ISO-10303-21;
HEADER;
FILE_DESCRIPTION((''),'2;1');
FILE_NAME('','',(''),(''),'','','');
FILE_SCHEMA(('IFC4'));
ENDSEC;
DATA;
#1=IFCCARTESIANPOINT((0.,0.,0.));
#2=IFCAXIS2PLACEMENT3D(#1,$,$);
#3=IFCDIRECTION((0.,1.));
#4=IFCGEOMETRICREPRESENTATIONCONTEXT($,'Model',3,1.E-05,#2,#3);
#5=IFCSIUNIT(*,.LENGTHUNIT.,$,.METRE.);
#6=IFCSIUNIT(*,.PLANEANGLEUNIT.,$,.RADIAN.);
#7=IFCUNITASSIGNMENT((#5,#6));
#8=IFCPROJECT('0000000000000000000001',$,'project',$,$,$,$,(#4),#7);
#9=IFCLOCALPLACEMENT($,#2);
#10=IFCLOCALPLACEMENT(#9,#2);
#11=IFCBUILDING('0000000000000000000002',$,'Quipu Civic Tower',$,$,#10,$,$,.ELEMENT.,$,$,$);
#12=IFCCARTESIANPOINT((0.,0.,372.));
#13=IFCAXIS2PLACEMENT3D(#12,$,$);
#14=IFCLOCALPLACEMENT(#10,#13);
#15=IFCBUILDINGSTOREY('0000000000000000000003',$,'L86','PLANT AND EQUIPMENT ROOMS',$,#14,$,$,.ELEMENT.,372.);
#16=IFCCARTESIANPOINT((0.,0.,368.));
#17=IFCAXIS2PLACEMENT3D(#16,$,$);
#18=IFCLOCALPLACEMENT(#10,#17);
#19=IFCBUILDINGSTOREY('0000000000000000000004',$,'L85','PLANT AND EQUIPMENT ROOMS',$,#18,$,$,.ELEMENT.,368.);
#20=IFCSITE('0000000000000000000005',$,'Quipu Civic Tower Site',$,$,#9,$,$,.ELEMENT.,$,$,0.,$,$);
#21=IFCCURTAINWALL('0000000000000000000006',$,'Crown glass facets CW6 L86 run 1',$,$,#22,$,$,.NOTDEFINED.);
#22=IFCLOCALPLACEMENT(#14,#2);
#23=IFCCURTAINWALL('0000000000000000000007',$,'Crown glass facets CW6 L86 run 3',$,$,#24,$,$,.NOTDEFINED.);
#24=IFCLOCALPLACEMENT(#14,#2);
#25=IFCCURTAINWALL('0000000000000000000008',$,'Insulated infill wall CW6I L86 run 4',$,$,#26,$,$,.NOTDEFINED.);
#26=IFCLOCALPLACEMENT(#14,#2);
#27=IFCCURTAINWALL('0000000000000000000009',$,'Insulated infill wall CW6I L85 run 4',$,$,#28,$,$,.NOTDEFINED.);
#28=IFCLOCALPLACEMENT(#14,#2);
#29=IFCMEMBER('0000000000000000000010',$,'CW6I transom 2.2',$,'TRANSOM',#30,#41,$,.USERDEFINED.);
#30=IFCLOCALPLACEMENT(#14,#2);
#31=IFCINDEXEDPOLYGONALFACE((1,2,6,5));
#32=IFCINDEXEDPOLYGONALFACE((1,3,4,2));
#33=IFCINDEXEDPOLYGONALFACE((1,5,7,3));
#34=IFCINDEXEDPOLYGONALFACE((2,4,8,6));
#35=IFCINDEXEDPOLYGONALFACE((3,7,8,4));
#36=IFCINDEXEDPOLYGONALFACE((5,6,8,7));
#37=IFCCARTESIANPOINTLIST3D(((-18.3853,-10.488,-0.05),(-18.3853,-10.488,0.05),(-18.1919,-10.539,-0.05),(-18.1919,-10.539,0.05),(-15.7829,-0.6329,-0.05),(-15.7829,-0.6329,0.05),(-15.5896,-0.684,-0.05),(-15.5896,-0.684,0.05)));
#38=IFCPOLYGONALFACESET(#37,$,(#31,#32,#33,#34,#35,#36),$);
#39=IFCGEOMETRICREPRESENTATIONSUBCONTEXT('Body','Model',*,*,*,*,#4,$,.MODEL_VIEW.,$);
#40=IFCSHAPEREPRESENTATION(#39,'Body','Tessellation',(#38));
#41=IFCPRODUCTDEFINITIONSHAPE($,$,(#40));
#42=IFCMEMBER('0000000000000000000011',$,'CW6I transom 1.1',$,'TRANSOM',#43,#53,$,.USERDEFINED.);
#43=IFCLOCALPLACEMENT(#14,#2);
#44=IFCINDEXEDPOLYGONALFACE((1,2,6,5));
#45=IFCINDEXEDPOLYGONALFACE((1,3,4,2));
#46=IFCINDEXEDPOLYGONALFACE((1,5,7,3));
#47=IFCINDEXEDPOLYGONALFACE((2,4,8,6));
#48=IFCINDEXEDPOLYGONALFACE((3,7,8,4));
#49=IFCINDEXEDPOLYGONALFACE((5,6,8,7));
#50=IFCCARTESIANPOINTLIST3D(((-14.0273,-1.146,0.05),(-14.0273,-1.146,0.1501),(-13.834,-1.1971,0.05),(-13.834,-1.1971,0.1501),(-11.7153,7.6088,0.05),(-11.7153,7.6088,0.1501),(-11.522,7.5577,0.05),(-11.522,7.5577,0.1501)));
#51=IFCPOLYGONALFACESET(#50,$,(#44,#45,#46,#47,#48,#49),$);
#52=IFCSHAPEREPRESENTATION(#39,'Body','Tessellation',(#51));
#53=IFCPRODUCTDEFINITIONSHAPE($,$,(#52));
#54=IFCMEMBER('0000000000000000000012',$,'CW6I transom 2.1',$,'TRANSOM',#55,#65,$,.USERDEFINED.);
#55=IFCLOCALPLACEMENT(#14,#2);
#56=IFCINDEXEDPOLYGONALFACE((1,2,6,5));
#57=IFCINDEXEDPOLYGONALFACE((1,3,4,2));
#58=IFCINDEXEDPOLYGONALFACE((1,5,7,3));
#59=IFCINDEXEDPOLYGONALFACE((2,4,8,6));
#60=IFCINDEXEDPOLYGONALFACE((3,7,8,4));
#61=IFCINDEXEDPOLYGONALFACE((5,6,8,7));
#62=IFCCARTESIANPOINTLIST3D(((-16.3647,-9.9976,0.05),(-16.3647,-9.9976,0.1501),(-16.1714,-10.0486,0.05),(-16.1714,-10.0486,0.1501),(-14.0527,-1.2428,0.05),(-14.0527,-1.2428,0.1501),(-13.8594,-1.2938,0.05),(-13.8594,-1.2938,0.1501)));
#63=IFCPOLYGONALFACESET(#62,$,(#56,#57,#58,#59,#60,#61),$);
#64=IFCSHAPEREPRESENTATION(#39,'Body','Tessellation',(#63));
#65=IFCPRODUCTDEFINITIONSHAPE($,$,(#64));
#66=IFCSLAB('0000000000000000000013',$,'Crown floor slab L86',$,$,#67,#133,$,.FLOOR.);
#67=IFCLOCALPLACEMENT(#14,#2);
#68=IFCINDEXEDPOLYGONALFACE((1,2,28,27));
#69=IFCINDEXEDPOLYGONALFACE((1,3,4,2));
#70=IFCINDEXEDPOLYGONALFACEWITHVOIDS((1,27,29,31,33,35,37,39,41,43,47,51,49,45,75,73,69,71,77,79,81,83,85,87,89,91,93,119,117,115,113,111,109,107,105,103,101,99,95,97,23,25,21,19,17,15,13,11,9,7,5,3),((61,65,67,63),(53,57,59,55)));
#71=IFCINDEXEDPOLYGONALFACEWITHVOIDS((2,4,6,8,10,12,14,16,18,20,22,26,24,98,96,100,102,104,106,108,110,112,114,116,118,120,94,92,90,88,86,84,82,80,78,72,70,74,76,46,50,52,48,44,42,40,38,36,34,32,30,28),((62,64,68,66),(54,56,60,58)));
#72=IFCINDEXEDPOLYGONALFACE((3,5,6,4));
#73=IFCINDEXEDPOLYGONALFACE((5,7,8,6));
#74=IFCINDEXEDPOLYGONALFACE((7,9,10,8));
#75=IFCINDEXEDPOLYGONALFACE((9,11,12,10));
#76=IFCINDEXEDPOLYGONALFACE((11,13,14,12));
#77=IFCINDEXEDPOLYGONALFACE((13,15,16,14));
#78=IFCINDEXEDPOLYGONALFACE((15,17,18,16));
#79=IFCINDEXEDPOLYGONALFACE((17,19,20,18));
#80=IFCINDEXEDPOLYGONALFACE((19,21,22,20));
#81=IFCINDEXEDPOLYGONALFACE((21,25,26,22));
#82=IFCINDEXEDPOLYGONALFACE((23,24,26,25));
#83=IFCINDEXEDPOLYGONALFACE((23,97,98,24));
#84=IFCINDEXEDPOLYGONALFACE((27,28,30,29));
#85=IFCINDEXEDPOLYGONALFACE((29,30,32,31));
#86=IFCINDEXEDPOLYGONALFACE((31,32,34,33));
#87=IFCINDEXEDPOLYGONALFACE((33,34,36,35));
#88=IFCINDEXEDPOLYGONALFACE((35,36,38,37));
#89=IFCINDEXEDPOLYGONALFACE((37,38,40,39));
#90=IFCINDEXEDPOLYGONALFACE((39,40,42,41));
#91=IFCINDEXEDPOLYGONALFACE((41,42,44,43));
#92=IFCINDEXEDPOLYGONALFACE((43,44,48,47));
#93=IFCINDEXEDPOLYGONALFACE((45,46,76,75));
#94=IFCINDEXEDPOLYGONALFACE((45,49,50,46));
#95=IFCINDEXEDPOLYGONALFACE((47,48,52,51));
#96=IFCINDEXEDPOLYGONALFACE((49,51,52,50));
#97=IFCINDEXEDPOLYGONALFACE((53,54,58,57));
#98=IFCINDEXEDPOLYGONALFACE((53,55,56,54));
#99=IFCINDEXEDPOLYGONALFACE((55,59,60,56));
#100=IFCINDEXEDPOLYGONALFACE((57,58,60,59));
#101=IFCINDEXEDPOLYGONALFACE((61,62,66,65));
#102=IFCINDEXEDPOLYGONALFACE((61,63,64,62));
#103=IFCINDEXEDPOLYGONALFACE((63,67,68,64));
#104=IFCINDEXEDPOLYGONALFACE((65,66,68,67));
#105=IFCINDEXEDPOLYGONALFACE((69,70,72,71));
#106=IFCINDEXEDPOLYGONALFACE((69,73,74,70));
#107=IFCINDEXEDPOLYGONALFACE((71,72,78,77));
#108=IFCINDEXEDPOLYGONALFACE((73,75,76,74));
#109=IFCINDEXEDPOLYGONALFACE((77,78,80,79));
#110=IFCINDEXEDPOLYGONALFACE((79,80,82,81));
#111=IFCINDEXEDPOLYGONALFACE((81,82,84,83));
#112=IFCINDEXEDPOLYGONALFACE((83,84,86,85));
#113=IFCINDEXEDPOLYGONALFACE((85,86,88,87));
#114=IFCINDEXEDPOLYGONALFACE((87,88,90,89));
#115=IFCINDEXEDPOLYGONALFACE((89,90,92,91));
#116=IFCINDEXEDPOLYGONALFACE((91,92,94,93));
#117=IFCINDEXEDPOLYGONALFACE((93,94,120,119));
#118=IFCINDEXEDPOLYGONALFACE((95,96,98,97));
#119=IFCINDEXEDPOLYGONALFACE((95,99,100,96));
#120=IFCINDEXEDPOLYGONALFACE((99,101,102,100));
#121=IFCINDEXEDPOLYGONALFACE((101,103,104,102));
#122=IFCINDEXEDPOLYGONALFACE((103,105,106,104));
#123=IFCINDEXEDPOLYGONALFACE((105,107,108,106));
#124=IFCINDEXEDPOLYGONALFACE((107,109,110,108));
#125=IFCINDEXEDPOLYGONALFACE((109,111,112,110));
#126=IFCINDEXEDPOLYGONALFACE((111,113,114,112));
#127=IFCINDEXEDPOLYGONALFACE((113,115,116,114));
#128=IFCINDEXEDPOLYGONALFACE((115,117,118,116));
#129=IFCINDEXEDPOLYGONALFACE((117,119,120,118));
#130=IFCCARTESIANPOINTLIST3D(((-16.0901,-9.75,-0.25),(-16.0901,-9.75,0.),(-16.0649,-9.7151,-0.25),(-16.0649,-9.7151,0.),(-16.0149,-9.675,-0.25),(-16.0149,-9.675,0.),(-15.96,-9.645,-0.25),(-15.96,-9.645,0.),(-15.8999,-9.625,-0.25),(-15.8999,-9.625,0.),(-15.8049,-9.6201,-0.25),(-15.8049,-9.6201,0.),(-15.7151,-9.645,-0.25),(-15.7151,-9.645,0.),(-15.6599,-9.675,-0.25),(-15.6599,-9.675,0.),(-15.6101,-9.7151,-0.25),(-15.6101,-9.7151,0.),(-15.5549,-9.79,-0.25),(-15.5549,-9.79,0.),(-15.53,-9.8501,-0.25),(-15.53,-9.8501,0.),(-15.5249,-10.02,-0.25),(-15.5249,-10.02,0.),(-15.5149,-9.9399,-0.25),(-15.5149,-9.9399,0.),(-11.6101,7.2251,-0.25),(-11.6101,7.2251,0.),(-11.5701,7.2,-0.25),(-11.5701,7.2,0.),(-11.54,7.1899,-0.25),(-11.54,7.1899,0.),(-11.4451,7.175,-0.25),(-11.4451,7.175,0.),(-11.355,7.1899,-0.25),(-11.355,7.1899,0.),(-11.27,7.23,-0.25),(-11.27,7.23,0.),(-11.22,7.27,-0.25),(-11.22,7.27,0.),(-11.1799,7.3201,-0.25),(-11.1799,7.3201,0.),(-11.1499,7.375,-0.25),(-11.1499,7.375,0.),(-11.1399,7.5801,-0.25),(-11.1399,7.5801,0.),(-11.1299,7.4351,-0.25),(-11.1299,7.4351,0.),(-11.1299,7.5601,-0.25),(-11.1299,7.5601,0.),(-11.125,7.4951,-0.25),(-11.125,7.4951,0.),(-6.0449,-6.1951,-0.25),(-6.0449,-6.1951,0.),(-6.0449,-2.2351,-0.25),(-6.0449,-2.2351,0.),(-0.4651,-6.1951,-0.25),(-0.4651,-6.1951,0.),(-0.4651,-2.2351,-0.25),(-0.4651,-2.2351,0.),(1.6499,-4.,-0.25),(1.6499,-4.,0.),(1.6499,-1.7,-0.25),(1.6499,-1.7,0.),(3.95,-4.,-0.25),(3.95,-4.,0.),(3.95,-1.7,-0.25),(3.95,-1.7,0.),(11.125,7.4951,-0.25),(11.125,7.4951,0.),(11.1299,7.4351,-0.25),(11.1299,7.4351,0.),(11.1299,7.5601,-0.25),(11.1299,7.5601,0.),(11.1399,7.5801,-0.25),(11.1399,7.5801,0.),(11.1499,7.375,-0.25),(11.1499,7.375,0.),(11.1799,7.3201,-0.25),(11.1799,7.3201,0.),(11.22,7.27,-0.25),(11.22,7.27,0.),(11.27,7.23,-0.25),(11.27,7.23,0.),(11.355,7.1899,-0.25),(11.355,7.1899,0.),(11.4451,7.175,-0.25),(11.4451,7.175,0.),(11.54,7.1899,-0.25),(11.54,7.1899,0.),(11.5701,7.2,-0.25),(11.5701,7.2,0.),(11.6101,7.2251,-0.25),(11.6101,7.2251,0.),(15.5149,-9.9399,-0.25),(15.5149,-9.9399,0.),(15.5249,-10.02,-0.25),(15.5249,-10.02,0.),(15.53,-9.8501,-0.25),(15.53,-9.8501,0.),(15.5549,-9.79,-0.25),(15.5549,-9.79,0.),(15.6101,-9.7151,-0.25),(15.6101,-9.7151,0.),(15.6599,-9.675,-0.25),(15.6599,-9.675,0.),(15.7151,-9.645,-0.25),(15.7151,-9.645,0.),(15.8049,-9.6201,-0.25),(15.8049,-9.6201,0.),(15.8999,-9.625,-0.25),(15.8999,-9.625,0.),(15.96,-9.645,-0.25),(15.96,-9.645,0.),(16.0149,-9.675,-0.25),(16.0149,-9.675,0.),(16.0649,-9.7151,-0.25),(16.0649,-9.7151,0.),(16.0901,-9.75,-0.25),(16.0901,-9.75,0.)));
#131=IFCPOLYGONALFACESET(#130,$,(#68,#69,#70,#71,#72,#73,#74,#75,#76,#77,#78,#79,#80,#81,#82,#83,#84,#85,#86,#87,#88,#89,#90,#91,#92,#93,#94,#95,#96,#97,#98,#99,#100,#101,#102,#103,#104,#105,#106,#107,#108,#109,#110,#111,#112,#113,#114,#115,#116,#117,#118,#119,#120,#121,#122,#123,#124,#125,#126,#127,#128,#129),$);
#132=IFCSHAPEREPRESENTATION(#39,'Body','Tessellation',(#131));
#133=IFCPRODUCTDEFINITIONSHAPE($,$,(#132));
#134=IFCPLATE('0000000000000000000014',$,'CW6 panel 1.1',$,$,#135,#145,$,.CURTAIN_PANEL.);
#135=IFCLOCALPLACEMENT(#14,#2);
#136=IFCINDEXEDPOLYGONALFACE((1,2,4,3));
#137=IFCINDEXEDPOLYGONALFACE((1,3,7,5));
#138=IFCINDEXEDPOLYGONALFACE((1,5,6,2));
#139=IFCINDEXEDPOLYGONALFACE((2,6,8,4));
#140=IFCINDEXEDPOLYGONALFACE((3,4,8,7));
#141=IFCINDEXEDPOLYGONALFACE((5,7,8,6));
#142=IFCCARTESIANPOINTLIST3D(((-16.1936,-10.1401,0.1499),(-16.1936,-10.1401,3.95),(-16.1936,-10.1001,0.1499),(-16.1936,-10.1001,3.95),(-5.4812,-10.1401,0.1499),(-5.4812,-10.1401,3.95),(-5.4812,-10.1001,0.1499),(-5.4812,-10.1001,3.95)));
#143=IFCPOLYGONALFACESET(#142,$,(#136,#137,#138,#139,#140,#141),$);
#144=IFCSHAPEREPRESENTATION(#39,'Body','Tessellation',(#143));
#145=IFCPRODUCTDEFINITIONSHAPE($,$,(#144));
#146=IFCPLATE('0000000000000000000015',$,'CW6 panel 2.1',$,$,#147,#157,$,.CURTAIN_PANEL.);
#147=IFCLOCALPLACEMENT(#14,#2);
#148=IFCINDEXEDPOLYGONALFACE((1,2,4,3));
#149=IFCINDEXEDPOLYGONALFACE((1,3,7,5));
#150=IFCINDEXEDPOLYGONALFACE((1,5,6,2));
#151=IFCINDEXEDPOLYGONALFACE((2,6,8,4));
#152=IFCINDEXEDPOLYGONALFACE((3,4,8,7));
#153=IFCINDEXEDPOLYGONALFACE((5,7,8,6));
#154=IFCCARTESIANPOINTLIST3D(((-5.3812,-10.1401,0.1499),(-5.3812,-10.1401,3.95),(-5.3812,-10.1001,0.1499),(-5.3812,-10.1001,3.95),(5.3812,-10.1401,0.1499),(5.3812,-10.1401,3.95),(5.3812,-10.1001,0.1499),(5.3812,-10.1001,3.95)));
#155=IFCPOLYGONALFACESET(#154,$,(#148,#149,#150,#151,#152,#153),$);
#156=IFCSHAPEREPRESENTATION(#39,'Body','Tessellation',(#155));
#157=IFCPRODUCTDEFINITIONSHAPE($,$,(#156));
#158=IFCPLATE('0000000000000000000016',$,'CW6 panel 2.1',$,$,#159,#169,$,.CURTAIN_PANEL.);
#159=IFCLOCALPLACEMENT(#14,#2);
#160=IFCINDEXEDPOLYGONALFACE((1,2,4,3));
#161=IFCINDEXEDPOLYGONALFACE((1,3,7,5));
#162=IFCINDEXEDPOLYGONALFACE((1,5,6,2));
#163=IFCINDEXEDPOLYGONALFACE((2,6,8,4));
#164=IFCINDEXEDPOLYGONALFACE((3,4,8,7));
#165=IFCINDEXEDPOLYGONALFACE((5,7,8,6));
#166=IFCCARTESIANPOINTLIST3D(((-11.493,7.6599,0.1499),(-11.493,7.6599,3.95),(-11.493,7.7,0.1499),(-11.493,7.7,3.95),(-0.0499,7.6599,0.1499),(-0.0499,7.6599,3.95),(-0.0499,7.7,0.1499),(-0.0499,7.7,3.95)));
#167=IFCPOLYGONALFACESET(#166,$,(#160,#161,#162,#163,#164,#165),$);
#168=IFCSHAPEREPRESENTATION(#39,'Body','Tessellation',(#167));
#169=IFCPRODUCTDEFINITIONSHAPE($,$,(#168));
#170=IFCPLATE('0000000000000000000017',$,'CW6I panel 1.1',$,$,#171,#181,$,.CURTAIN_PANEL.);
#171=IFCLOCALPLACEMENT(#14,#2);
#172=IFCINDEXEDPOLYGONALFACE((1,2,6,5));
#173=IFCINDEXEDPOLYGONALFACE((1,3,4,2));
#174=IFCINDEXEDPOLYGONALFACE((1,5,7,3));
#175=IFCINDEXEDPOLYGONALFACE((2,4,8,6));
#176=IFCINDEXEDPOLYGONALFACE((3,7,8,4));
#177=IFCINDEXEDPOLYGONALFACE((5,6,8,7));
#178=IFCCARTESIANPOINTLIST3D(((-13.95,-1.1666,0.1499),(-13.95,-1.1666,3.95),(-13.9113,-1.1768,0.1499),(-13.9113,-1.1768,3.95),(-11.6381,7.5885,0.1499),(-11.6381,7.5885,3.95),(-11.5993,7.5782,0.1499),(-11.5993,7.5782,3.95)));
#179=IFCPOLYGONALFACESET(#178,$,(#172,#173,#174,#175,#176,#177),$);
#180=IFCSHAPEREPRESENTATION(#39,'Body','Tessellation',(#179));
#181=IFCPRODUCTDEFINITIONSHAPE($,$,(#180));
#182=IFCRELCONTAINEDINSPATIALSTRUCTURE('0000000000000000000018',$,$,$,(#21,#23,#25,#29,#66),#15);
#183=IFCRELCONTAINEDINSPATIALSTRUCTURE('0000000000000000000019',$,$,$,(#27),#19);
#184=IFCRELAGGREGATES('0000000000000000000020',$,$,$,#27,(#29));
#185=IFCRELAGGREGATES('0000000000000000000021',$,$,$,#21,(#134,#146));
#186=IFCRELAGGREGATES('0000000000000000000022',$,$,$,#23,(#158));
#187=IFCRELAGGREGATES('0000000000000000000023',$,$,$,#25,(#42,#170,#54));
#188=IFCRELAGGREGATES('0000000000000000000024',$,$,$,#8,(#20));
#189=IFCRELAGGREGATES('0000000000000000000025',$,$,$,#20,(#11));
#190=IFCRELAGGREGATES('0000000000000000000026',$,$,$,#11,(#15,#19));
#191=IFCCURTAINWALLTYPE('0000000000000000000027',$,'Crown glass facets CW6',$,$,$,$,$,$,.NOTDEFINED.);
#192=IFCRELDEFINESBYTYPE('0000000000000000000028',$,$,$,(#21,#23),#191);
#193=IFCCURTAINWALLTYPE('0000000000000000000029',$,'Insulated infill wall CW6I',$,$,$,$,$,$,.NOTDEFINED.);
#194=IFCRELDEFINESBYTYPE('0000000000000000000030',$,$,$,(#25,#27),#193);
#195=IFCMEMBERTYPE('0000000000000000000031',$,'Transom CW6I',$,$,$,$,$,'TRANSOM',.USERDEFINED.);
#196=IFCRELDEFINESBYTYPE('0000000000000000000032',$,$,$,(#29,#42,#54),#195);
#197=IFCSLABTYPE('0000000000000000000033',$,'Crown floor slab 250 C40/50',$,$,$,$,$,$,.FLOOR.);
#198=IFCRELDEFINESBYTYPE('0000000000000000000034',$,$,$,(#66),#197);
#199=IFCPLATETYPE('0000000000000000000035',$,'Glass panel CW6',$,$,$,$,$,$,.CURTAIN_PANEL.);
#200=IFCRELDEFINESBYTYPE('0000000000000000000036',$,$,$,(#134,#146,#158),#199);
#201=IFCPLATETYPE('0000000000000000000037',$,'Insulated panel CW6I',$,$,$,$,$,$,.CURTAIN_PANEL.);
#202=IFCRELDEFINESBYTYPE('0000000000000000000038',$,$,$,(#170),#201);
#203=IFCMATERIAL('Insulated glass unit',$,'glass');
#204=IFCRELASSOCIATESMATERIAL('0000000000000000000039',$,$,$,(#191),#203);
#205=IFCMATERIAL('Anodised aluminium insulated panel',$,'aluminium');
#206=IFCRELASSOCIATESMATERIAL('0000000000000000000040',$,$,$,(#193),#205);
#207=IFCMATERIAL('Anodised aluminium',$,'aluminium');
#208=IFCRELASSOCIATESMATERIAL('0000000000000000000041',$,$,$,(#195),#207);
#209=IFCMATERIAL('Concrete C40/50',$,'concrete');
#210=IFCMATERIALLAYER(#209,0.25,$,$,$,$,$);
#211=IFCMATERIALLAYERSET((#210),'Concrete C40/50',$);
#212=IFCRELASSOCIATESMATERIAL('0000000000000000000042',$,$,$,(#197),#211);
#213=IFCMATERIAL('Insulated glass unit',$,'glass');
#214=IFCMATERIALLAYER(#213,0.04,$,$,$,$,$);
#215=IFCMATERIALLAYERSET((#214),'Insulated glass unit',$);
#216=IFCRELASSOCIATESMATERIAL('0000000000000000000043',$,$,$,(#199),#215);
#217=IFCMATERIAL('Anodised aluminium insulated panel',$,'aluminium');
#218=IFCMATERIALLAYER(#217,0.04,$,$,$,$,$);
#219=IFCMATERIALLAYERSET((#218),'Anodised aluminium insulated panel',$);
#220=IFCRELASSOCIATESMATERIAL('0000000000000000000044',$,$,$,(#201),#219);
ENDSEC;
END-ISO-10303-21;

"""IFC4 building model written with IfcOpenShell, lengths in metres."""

from ifc_helpers import new_model, si_unit, direction, frame, origin, origin_2d, place, context, subcontext, project, spatial, polyline, rectangle, outline, extrude, material, layer, layer_set, material_profile, profile_set, type_object, element, aggregate, save


model = new_model("IFC4")

# Units and contexts
model_context = context("Model", 3, precision=1e-05, world=origin(), true_north=direction((0.0, 1.0)))
body_context = subcontext(model_context, "Body", "Model", "MODEL_VIEW")
ifc_project = project(units=[si_unit("LENGTHUNIT", "METRE"), si_unit("PLANEANGLEUNIT", "RADIAN")], contexts=[model_context])

# Site, building, storey
site_placement = place(None, origin())
site = spatial("IfcSite", under=ifc_project, at=site_placement, Name="Quipu Civic Tower Site", CompositionType="ELEMENT", RefElevation=0.0)
building_placement = place(site_placement, origin())
building = spatial("IfcBuilding", under=site, at=building_placement, Name="Quipu Civic Tower", CompositionType="ELEMENT")
storey_1_placement = place(building_placement, frame((0.0, 0.0, 372.0)))
storey_1 = spatial("IfcBuildingStorey", under=building, at=storey_1_placement, Name="L86", Description="PLANT AND EQUIPMENT ROOMS", CompositionType="ELEMENT", Elevation=372.0)

# Curtain walls
ifc_material_1 = material(Name="Insulated glass unit", Category="glass")
curtain_wall_type_1 = type_object("IfcCurtainWallType", Name="Crown glass facets CW6", PredefinedType="NOTDEFINED", material=ifc_material_1)
curtain_wall_1_placement = place(storey_1_placement, origin())
curtain_wall_1 = element("IfcCurtainWall", 1, at=curtain_wall_1_placement, inside=storey_1, type_object=curtain_wall_type_1, Name="Crown glass facets CW6 L86 run 1", PredefinedType="NOTDEFINED")
curtain_wall_2_placement = place(storey_1_placement, origin())
curtain_wall_2 = element("IfcCurtainWall", 2, at=curtain_wall_2_placement, inside=storey_1, type_object=curtain_wall_type_1, Name="Crown glass facets CW6 L86 run 3", PredefinedType="NOTDEFINED")
ifc_material_2 = material(Name="Anodised aluminium insulated panel", Category="aluminium")
curtain_wall_type_2 = type_object("IfcCurtainWallType", Name="Insulated infill wall CW6I", PredefinedType="NOTDEFINED", material=ifc_material_2)
curtain_wall_3_placement = place(storey_1_placement, origin())
curtain_wall_3 = element("IfcCurtainWall", 3, at=curtain_wall_3_placement, inside=storey_1, type_object=curtain_wall_type_2, Name="Insulated infill wall CW6I L86 run 4", PredefinedType="NOTDEFINED")

# Shared definitions
storey_2_placement = place(building_placement, frame((0.0, 0.0, 368.0)))
storey_2 = spatial("IfcBuildingStorey", under=building, at=storey_2_placement, Name="L85", Description="PLANT AND EQUIPMENT ROOMS", CompositionType="ELEMENT", Elevation=368.0)

# Shared definitions
ifc_material_3 = material(Name="Anodised aluminium", Category="aluminium")
ifc_material_profile_1 = material_profile(ifc_material_3, rectangle(XDim=0.2, YDim=0.1001, at=origin_2d()), Name="RECT 200x100")
ifc_profile_set_1 = profile_set([ifc_material_profile_1], Name="Anodised aluminium")
member_type_1 = type_object("IfcMemberType", Name="Transom CW6I", ElementType="TRANSOM", PredefinedType="USERDEFINED", material=ifc_profile_set_1)

# Curtain wall, member
curtain_wall_4_placement = place(storey_2_placement, origin())
curtain_wall_4 = element("IfcCurtainWall", 4, at=curtain_wall_4_placement, inside=storey_2, type_object=curtain_wall_type_2, Name="Insulated infill wall CW6I L85 run 4", PredefinedType="NOTDEFINED")
member_1_placement = place(storey_1_placement, frame((-15.6863, -0.6584, 0.0), z_axis=(-0.255308, -0.96686, 0.0), x_axis=(0.96686, -0.255308, 0.0)))
member_1 = element("IfcMember", 5, at=member_1_placement, inside=storey_1, type_object=member_type_1, Name="CW6I transom 2.2", ObjectType="TRANSOM", PredefinedType="USERDEFINED", context=body_context, shape_type="SweptSolid", body=[
    extrude(rectangle(XDim=0.2, YDim=0.1001, at=origin_2d()), origin(), (0.0, 0.0, 1.0), 10.1929),
])
aggregate(curtain_wall_4, [member_1])

# Members
member_2_placement = place(storey_1_placement, frame((-11.6187, 7.5833, 0.1001), z_axis=(-0.255329, -0.966854, 0.0), x_axis=(0.966854, -0.255329, 0.0)))
member_2 = element("IfcMember", 6, at=member_2_placement, type_object=member_type_1, Name="CW6I transom 1.1", ObjectType="TRANSOM", PredefinedType="USERDEFINED", context=body_context, shape_type="SweptSolid", body=[
    extrude(rectangle(XDim=0.2, YDim=0.1001, at=origin_2d()), origin(), (0.0, 0.0, 1.0), 9.0549),
])
member_3_placement = place(storey_1_placement, frame((-13.9561, -1.2683, 0.1001), z_axis=(-0.255329, -0.966854, 0.0), x_axis=(0.966854, -0.255329, 0.0)))
member_3 = element("IfcMember", 7, at=member_3_placement, type_object=member_type_1, Name="CW6I transom 2.1", ObjectType="TRANSOM", PredefinedType="USERDEFINED", context=body_context, shape_type="SweptSolid", body=[
    extrude(rectangle(XDim=0.2, YDim=0.1001, at=origin_2d()), origin(), (0.0, 0.0, 1.0), 9.0549),
])

# Slab
ifc_material_4 = material(Name="Concrete C40/50", Category="concrete")
ifc_layer_1 = layer(ifc_material_4, 0.25)
ifc_layer_set_1 = layer_set([ifc_layer_1], Name="Concrete C40/50")
slab_type = type_object("IfcSlabType", Name="Crown floor slab 250 C40/50", PredefinedType="FLOOR", material=ifc_layer_set_1)
slab_placement = place(storey_1_placement, frame((0.0, 0.0, -0.25)))
element("IfcSlab", 8, at=slab_placement, inside=storey_1, type_object=slab_type, Name="Crown floor slab L86", PredefinedType="FLOOR", context=body_context, shape_type="SweptSolid", body=[
    extrude(outline(polyline([(-15.5249, -10.02), (-15.5149, -9.9399), (-15.53, -9.8501), (-15.5549, -9.79), (-15.6101, -9.7151), (-15.6599, -9.675), (-15.7151, -9.645), (-15.8049, -9.6201), (-15.8999, -9.625), (-15.96, -9.645), (-16.0149, -9.675), (-16.0649, -9.7151), (-16.0901, -9.75), (-11.6101, 7.2251), (-11.5701, 7.2), (-11.54, 7.1899), (-11.4451, 7.175), (-11.355, 7.1899), (-11.27, 7.23), (-11.22, 7.27), (-11.1799, 7.3201), (-11.1499, 7.375), (-11.1299, 7.4351), (-11.125, 7.4951), (-11.1299, 7.5601), (-11.1399, 7.5801), (11.1399, 7.5801), (11.1299, 7.5601), (11.125, 7.4951), (11.1299, 7.4351), (11.1499, 7.375), (11.1799, 7.3201), (11.22, 7.27), (11.27, 7.23), (11.355, 7.1899), (11.4451, 7.175), (11.54, 7.1899), (11.5701, 7.2), (11.6101, 7.2251), (16.0901, -9.75), (16.0649, -9.7151), (16.0149, -9.675), (15.96, -9.645), (15.8999, -9.625), (15.8049, -9.6201), (15.7151, -9.645), (15.6599, -9.675), (15.6101, -9.7151), (15.5549, -9.79), (15.53, -9.8501), (15.5149, -9.9399), (15.5249, -10.02), (-15.5249, -10.02)]), holes=[polyline([(-6.0449, -2.2351), (-6.0449, -6.1951), (-0.4651, -6.1951), (-0.4651, -2.2351), (-6.0449, -2.2351)]), polyline([(3.95, -1.7), (1.6499, -1.7), (1.6499, -4.0), (3.95, -4.0), (3.95, -1.7)])]), origin(), (0.0, 0.0, 1.0), 0.25),
])

# Plates
ifc_material_5 = material(Name="Insulated glass unit", Category="glass")
ifc_layer_2 = layer(ifc_material_5, 0.04)
ifc_layer_set_2 = layer_set([ifc_layer_2], Name="Insulated glass unit")
plate_type_1 = type_object("IfcPlateType", Name="Glass panel CW6", PredefinedType="CURTAIN_PANEL", material=ifc_layer_set_2)
plate_1_placement = place(storey_1_placement, frame((-10.8374, -10.1201, 0.1499), z_axis=(0.0, 0.0, 1.0), x_axis=(1.0, 0.0, 0.0)))
plate_1 = element("IfcPlate", 9, at=plate_1_placement, type_object=plate_type_1, Name="CW6 panel 1.1", PredefinedType="CURTAIN_PANEL", context=body_context, shape_type="SweptSolid", body=[
    extrude(rectangle(XDim=10.7124, YDim=0.04, at=origin_2d()), origin(), (0.0, 0.0, 1.0), 3.8),
])
plate_2_placement = place(storey_1_placement, frame((0.0, -10.1201, 0.1499), z_axis=(0.0, 0.0, 1.0), x_axis=(1.0, 0.0, 0.0)))
plate_2 = element("IfcPlate", 10, at=plate_2_placement, type_object=plate_type_1, Name="CW6 panel 2.1", PredefinedType="CURTAIN_PANEL", context=body_context, shape_type="SweptSolid", body=[
    extrude(rectangle(XDim=10.7625, YDim=0.04, at=origin_2d()), origin(), (0.0, 0.0, 1.0), 3.8),
])
aggregate(curtain_wall_1, [plate_1, plate_2])
plate_3_placement = place(storey_1_placement, frame((-5.7715, 7.6799, 0.1499), z_axis=(0.0, 0.0, 1.0), x_axis=(-1.0, 0.0, 0.0)))
plate_3 = element("IfcPlate", 11, at=plate_3_placement, type_object=plate_type_1, Name="CW6 panel 2.1", PredefinedType="CURTAIN_PANEL", context=body_context, shape_type="SweptSolid", body=[
    extrude(rectangle(XDim=11.4431, YDim=0.04, at=origin_2d()), origin(), (0.0, 0.0, 1.0), 3.8),
])
aggregate(curtain_wall_2, [plate_3])
ifc_material_6 = material(Name="Anodised aluminium insulated panel", Category="aluminium")
ifc_layer_3 = layer(ifc_material_6, 0.04)
ifc_layer_set_3 = layer_set([ifc_layer_3], Name="Anodised aluminium insulated panel")
plate_type_2 = type_object("IfcPlateType", Name="Insulated panel CW6I", PredefinedType="CURTAIN_PANEL", material=ifc_layer_set_3)
plate_4_placement = place(storey_1_placement, frame((-12.7747, 3.2058, 0.1499), z_axis=(0.0, 0.0, 1.0), x_axis=(-0.255316, -0.966858, 0.0)))
plate_4 = element("IfcPlate", 12, at=plate_4_placement, type_object=plate_type_2, Name="CW6I panel 1.1", PredefinedType="CURTAIN_PANEL", context=body_context, shape_type="SweptSolid", body=[
    extrude(rectangle(XDim=9.0552, YDim=0.04, at=origin_2d()), origin(), (0.0, 0.0, 1.0), 3.8),
])
aggregate(curtain_wall_3, [member_2, plate_4, member_3])

save(model, "model.ifc")
